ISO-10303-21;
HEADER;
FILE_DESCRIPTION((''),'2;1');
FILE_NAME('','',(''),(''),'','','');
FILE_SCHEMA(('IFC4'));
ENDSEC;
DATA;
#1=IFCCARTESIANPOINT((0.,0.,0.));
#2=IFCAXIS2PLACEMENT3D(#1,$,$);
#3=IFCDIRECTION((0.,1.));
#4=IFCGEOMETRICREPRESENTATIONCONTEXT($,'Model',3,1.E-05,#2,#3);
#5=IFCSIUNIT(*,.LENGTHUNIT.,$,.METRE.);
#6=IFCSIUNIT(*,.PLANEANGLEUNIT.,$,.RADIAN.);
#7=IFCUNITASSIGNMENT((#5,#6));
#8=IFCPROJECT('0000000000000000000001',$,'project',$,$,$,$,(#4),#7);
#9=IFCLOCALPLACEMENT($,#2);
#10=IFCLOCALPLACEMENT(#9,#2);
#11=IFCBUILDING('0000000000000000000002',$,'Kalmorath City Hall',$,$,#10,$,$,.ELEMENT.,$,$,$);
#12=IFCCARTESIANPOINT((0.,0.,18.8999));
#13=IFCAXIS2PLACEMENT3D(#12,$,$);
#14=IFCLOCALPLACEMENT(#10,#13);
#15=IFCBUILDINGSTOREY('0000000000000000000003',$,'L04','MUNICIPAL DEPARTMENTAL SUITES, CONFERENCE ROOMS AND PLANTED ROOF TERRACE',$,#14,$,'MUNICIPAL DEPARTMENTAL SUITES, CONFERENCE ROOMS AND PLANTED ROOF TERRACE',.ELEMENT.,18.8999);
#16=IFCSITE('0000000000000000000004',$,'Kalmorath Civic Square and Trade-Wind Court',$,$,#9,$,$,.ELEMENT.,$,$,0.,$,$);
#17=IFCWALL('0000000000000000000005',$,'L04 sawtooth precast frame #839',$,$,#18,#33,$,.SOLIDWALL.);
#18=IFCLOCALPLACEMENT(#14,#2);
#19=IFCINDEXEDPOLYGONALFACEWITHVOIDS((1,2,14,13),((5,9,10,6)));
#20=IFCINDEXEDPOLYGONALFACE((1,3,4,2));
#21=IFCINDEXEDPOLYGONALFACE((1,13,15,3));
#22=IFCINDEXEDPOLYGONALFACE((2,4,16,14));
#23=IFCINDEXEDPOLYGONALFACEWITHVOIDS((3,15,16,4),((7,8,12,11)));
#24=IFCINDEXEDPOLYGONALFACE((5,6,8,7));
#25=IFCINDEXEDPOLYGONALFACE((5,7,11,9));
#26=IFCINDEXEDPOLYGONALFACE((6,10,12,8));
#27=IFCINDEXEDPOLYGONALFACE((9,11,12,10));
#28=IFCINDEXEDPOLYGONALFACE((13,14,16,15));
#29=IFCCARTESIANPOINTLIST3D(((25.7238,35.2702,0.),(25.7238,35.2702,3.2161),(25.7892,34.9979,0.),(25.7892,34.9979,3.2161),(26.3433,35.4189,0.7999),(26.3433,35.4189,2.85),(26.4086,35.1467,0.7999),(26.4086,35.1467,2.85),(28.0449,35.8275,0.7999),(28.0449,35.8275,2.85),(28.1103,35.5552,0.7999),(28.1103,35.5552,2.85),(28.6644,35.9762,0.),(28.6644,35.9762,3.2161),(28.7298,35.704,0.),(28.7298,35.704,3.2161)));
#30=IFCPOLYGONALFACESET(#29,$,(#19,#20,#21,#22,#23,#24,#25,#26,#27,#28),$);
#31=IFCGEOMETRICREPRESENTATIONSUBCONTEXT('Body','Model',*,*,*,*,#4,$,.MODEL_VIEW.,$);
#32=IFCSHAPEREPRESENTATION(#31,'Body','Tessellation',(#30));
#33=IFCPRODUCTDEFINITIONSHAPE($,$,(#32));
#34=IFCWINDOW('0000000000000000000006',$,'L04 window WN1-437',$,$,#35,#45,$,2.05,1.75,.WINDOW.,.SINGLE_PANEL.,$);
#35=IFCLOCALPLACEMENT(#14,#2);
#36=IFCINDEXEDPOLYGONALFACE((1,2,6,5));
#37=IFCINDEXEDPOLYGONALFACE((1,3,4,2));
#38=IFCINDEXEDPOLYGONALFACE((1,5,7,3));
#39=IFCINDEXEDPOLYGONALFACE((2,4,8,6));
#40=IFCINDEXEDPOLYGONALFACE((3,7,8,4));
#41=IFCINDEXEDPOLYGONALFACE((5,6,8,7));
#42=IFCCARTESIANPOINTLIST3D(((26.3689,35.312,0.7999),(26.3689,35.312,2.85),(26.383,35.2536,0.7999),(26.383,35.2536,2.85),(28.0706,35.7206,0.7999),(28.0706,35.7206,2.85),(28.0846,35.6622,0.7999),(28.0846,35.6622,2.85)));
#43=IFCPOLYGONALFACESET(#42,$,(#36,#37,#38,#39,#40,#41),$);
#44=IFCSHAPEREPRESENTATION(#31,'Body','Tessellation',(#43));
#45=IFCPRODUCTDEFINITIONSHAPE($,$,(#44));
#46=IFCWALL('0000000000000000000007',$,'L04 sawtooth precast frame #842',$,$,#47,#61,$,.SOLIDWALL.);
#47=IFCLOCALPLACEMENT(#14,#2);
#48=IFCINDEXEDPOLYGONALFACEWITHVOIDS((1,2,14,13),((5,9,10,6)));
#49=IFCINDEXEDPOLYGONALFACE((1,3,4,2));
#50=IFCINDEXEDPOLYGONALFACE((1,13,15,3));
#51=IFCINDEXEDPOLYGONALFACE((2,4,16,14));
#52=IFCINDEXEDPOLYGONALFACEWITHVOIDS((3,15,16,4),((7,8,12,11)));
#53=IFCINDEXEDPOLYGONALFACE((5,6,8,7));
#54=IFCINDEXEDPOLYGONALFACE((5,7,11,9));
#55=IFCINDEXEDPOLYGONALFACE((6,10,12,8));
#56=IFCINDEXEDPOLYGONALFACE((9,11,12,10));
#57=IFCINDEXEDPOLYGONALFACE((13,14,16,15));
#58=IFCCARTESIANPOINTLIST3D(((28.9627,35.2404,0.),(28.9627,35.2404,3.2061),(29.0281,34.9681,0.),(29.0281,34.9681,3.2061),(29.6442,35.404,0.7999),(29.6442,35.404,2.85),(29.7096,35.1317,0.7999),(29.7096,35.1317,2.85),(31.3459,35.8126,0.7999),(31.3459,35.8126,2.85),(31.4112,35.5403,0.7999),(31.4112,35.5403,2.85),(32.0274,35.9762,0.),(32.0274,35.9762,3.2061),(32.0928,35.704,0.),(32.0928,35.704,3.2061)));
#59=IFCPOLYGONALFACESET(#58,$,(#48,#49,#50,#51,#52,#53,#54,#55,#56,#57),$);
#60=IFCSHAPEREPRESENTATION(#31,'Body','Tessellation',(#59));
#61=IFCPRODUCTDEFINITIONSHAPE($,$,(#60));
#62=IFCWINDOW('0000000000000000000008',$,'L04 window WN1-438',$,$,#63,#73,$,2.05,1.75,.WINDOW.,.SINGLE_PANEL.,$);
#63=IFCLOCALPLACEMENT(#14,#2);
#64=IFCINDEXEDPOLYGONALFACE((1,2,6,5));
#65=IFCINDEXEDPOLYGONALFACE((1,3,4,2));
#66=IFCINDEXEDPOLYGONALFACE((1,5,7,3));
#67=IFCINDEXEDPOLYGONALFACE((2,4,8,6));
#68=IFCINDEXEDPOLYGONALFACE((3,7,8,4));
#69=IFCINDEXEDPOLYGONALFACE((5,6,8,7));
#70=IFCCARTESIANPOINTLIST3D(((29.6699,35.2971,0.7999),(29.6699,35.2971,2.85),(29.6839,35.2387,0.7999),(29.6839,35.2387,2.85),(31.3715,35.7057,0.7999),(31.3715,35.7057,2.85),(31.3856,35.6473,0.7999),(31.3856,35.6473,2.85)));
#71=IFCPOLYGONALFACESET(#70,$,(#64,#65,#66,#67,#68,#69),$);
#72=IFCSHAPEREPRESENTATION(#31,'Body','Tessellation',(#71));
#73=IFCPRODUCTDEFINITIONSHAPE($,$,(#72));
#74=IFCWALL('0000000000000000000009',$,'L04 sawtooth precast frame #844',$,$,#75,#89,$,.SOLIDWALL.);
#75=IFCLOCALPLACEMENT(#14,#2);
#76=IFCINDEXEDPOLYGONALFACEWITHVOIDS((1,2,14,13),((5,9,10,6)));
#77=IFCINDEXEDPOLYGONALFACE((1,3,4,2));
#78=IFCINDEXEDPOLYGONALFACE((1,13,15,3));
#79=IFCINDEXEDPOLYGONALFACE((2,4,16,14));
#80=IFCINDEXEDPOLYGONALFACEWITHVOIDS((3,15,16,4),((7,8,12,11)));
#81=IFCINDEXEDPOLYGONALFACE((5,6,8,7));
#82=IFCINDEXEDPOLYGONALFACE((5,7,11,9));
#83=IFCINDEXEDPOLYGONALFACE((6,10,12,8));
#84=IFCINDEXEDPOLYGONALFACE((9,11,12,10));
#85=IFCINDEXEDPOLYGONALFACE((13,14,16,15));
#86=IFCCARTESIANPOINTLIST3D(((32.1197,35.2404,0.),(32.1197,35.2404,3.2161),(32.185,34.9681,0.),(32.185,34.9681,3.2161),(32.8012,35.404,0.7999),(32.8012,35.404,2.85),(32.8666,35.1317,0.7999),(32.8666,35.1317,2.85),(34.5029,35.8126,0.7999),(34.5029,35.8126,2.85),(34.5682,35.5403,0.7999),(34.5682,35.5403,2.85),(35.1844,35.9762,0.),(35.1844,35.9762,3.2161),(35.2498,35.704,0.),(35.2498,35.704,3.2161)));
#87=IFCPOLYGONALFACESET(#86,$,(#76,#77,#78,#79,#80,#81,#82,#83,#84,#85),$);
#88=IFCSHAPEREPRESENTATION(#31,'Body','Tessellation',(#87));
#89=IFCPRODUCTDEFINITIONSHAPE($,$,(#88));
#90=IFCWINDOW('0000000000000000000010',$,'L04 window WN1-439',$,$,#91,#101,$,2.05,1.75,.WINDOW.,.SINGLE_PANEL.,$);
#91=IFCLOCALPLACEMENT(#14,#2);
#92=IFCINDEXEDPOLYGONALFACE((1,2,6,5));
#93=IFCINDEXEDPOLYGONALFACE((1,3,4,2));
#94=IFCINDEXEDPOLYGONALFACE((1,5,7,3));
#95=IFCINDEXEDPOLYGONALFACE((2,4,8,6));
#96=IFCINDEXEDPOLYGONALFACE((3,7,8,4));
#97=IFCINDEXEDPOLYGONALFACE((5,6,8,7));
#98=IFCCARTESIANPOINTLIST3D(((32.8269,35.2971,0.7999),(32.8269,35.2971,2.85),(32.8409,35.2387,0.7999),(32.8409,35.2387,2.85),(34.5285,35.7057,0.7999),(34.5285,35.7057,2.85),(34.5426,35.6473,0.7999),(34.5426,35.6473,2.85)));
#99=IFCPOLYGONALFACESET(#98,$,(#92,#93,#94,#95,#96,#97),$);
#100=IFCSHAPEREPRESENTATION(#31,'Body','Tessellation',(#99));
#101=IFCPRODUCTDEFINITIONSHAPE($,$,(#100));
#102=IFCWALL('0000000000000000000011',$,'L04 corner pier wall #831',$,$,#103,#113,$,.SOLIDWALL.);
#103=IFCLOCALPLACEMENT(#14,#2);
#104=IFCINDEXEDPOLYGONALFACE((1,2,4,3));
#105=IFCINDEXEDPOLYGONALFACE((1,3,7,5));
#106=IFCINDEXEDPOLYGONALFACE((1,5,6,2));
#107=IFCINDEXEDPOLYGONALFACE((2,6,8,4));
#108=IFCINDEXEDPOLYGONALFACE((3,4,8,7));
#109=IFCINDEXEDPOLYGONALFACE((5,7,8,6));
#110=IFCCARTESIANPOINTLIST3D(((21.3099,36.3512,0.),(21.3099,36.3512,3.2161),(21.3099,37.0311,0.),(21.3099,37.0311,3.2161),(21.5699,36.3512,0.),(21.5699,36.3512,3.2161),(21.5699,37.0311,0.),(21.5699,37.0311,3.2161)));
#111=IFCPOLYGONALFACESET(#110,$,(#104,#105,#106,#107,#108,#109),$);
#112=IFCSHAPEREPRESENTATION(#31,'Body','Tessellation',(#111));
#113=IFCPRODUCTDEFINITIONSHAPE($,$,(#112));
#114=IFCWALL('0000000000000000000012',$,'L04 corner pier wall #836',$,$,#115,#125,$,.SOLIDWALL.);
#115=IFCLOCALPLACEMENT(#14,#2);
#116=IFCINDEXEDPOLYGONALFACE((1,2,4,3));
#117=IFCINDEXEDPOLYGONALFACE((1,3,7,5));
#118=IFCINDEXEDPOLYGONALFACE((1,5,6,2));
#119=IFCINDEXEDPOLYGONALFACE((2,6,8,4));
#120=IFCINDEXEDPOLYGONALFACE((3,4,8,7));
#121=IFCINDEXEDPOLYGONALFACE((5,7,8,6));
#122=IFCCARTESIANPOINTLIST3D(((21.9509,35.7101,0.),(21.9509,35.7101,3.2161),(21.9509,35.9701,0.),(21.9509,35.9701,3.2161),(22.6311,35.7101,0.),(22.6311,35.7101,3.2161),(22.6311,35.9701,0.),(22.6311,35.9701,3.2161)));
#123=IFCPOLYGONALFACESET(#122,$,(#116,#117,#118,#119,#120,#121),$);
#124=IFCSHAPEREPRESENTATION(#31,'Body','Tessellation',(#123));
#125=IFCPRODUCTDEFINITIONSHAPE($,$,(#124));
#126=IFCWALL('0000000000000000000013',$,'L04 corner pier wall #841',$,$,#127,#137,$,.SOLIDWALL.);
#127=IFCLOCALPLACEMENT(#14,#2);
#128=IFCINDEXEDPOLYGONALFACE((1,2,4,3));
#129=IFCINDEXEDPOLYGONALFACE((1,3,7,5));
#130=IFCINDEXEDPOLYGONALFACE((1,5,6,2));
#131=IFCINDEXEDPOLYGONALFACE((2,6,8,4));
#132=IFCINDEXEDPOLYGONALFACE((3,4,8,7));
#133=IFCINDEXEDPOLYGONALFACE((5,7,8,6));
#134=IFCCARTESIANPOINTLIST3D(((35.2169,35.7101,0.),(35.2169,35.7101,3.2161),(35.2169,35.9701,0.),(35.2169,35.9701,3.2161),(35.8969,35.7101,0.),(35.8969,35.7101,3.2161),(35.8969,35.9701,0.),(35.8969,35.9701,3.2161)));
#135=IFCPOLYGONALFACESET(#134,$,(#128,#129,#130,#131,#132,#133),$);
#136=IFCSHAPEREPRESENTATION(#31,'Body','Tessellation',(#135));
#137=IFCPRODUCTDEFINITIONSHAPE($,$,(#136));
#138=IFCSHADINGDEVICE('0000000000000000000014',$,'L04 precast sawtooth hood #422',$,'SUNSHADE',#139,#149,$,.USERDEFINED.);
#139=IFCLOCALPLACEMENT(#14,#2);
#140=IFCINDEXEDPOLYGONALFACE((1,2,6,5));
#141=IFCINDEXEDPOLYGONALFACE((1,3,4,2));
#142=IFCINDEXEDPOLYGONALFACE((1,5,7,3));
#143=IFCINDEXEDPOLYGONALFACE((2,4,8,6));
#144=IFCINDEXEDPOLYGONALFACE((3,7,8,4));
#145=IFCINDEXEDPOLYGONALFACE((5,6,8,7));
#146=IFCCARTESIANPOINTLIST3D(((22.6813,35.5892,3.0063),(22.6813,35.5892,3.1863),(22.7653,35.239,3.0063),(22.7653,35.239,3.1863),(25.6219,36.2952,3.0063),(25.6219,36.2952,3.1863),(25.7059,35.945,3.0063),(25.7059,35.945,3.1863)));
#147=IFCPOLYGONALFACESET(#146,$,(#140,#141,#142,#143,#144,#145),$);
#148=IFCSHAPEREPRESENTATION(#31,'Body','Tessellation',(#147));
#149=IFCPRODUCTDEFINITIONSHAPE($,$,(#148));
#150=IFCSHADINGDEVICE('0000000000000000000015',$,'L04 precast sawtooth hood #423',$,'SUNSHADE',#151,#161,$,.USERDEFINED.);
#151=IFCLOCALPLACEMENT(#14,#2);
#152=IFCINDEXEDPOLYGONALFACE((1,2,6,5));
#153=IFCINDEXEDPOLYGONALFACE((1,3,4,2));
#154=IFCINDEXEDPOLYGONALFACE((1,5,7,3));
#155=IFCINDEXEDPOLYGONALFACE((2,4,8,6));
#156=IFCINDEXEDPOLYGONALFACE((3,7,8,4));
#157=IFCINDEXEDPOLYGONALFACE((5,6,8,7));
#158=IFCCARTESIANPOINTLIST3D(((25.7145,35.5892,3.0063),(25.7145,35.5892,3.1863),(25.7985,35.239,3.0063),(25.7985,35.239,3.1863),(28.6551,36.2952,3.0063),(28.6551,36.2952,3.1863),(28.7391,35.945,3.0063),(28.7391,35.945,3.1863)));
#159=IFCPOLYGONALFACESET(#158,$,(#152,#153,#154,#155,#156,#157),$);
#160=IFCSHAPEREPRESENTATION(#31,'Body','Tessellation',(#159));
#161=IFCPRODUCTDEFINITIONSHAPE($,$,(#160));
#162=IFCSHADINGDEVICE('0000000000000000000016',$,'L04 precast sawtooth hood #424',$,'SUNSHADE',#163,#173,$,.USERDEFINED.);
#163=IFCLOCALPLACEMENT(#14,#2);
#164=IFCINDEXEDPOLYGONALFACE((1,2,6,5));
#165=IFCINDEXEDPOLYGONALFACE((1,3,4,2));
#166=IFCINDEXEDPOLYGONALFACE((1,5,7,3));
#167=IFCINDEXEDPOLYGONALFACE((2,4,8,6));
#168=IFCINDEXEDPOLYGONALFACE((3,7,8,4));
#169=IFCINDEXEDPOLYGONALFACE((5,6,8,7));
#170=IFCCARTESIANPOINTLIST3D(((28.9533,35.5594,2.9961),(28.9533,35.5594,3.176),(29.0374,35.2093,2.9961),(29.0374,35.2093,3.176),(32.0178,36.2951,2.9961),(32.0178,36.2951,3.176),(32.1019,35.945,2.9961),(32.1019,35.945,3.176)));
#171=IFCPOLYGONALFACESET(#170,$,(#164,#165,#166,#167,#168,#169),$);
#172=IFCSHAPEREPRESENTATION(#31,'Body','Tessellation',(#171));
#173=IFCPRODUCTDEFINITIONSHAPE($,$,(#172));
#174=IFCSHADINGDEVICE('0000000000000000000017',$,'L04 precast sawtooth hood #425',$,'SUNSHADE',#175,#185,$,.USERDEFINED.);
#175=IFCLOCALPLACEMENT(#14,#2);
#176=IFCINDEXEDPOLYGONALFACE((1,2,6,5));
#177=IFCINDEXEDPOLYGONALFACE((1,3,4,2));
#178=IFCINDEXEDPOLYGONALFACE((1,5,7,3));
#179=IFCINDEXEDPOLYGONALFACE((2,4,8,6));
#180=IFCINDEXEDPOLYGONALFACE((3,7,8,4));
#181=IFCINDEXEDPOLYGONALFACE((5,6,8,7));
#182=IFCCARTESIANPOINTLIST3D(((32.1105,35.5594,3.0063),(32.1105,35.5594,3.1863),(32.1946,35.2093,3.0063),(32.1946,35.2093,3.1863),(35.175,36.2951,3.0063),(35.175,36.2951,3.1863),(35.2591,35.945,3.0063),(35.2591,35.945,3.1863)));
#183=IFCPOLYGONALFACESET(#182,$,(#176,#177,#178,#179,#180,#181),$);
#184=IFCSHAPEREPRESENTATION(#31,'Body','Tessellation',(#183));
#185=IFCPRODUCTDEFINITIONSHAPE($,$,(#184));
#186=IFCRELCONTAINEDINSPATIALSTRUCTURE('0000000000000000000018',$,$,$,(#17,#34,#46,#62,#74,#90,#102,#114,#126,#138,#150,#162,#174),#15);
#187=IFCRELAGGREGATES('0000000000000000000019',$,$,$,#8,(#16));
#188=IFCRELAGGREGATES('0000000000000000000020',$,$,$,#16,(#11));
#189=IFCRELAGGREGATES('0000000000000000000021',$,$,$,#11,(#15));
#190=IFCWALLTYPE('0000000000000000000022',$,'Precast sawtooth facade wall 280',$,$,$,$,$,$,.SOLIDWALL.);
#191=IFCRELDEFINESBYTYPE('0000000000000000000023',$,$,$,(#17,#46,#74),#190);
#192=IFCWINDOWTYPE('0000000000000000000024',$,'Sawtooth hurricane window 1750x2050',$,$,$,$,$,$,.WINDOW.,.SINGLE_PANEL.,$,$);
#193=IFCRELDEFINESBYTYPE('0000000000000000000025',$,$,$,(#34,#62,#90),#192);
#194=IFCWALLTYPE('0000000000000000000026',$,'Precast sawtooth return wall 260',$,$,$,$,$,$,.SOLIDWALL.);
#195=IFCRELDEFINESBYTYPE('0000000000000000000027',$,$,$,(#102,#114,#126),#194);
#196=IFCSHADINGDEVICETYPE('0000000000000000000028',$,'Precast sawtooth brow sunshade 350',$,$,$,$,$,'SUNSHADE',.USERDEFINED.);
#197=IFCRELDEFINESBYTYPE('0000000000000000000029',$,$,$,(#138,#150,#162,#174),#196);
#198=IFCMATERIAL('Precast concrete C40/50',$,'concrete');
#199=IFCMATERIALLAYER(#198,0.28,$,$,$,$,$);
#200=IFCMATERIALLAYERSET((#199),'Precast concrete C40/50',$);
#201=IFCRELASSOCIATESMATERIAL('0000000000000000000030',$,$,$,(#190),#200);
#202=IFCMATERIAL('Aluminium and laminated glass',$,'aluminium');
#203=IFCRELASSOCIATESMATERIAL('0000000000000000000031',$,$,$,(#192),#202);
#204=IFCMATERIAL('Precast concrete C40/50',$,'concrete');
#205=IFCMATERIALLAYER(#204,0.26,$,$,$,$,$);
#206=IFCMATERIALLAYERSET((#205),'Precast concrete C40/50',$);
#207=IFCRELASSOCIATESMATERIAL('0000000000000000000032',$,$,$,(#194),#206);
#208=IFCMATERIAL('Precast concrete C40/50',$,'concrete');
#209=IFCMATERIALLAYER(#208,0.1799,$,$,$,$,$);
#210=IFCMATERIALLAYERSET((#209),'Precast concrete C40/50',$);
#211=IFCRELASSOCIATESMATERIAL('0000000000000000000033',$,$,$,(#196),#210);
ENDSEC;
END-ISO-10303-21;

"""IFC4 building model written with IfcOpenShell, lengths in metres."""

from ifc_helpers import new_model, si_unit, direction, frame, frame_2d, origin, origin_2d, place, context, subcontext, project, spatial, rectangle, extrude, material, layer, layer_set, type_object, element, fill, save


model = new_model("IFC4")

# Units and contexts
model_context = context("Model", 3, precision=1e-05, world=origin(), true_north=direction((0.0, 1.0)))
body_context = subcontext(model_context, "Body", "Model", "MODEL_VIEW")
ifc_project = project(units=[si_unit("LENGTHUNIT", "METRE"), si_unit("PLANEANGLEUNIT", "RADIAN")], contexts=[model_context])

# Site, building, storey
site_placement = place(None, origin())
site = spatial("IfcSite", under=ifc_project, at=site_placement, Name="Kalmorath Civic Square and Trade-Wind Court", CompositionType="ELEMENT", RefElevation=0.0)
building_placement = place(site_placement, origin())
building = spatial("IfcBuilding", under=site, at=building_placement, Name="Kalmorath City Hall", CompositionType="ELEMENT")
storey_placement = place(building_placement, frame((0.0, 0.0, 18.8999)))
storey = spatial("IfcBuildingStorey", under=building, at=storey_placement, Name="L04", Description="MUNICIPAL DEPARTMENTAL SUITES, CONFERENCE ROOMS AND PLANTED ROOF TERRACE", LongName="MUNICIPAL DEPARTMENTAL SUITES, CONFERENCE ROOMS AND PLANTED ROOF TERRACE", CompositionType="ELEMENT", Elevation=18.8999)

# Walls, openings, windows
ifc_material_1 = material(Name="Precast concrete C40/50", Category="concrete")
ifc_layer_1 = layer(ifc_material_1, 0.28)
ifc_layer_set_1 = layer_set([ifc_layer_1], Name="Precast concrete C40/50")
wall_type_1 = type_object("IfcWallType", Name="Precast sawtooth facade wall 280", PredefinedType="SOLIDWALL", material=ifc_layer_set_1)
ifc_material_2 = material(Name="Aluminium and laminated glass", Category="aluminium")
window_type = type_object("IfcWindowType", Name="Sawtooth hurricane window 1750x2050", PartitioningType="SINGLE_PANEL", PredefinedType="WINDOW", material=ifc_material_2)
wall_1_placement = place(storey_placement, frame((25.7563, 35.134, 0.0), z_axis=(0.0, 0.0, 1.0), x_axis=(0.972365, 0.233465, 0.0)))
wall_1 = element("IfcWall", 1, at=wall_1_placement, inside=storey, type_object=wall_type_1, Name="L04 sawtooth precast frame #839", PredefinedType="SOLIDWALL", context=body_context, shape_type="SweptSolid", body=[
    extrude(rectangle(XDim=3.0242, YDim=0.28, at=frame_2d((1.5122, 0.0))), origin(), (0.0, 0.0, 1.0), 3.2161),
])
opening_1_placement = place(wall_1_placement, frame((0.6372, 0.0, 0.8)))
opening_1 = element("IfcOpeningElement", 2, at=opening_1_placement, cuts=wall_1, PredefinedType="OPENING", context=body_context, shape_type="SweptSolid", body=[
    extrude(rectangle(XDim=1.75, YDim=2.05, at=frame_2d((0.875, 1.0249))), frame((0.0, 0.1499, 0.0), z_axis=(0.0, -1.0, 0.0), x_axis=(1.0, 0.0, 0.0)), (0.0, 0.0, 1.0), 0.3),
])
window_1_placement = place(opening_1_placement, origin())
window_1 = element("IfcWindow", 3, at=window_1_placement, inside=storey, type_object=window_type, Name="L04 window WN1-437", OverallHeight=2.05, OverallWidth=1.75, PartitioningType="SINGLE_PANEL", PredefinedType="WINDOW", context=body_context, shape_type="SweptSolid", body=[
    extrude(rectangle(XDim=1.75, YDim=2.05, at=frame_2d((0.875, 1.0249))), frame((0.0, 0.03, 0.0), z_axis=(0.0, -1.0, 0.0), x_axis=(1.0, 0.0, 0.0)), (0.0, 0.0, 1.0), 0.0601),
])
fill(opening_1, window_1)
wall_2_placement = place(storey_placement, frame((28.9954, 35.1042, 0.0), z_axis=(0.0, 0.0, 1.0), x_axis=(0.972365, 0.233467, 0.0)))
wall_2 = element("IfcWall", 4, at=wall_2_placement, inside=storey, type_object=wall_type_1, Name="L04 sawtooth precast frame #842", PredefinedType="SOLIDWALL", context=body_context, shape_type="SweptSolid", body=[
    extrude(rectangle(XDim=3.1519, YDim=0.28, at=frame_2d((1.5759, 0.0))), origin(), (0.0, 0.0, 1.0), 3.2061),
])
opening_2_placement = place(wall_2_placement, frame((0.7009, 0.0, 0.8)))
opening_2 = element("IfcOpeningElement", 5, at=opening_2_placement, cuts=wall_2, PredefinedType="OPENING", context=body_context, shape_type="SweptSolid", body=[
    extrude(rectangle(XDim=1.75, YDim=2.05, at=frame_2d((0.875, 1.0249))), frame((0.0, 0.1499, 0.0), z_axis=(0.0, -1.0, 0.0), x_axis=(1.0, 0.0, 0.0)), (0.0, 0.0, 1.0), 0.3),
])
window_2_placement = place(opening_2_placement, origin())
window_2 = element("IfcWindow", 6, at=window_2_placement, inside=storey, type_object=window_type, Name="L04 window WN1-438", OverallHeight=2.05, OverallWidth=1.75, PartitioningType="SINGLE_PANEL", PredefinedType="WINDOW", context=body_context, shape_type="SweptSolid", body=[
    extrude(rectangle(XDim=1.75, YDim=2.05, at=frame_2d((0.875, 1.0249))), frame((0.0, 0.03, 0.0), z_axis=(0.0, -1.0, 0.0), x_axis=(1.0, 0.0, 0.0)), (0.0, 0.0, 1.0), 0.0601),
])
fill(opening_2, window_2)
wall_3_placement = place(storey_placement, frame((32.1523, 35.1042, 0.0), z_axis=(0.0, 0.0, 1.0), x_axis=(0.972365, 0.233467, 0.0)))
wall_3 = element("IfcWall", 7, at=wall_3_placement, inside=storey, type_object=wall_type_1, Name="L04 sawtooth precast frame #844", PredefinedType="SOLIDWALL", context=body_context, shape_type="SweptSolid", body=[
    extrude(rectangle(XDim=3.1519, YDim=0.28, at=frame_2d((1.5759, 0.0))), origin(), (0.0, 0.0, 1.0), 3.2161),
])
opening_3_placement = place(wall_3_placement, frame((0.7009, 0.0, 0.8)))
opening_3 = element("IfcOpeningElement", 8, at=opening_3_placement, cuts=wall_3, PredefinedType="OPENING", context=body_context, shape_type="SweptSolid", body=[
    extrude(rectangle(XDim=1.75, YDim=2.05, at=frame_2d((0.875, 1.0249))), frame((0.0, 0.1499, 0.0), z_axis=(0.0, -1.0, 0.0), x_axis=(1.0, 0.0, 0.0)), (0.0, 0.0, 1.0), 0.3),
])
window_3_placement = place(opening_3_placement, origin())
window_3 = element("IfcWindow", 9, at=window_3_placement, inside=storey, type_object=window_type, Name="L04 window WN1-439", OverallHeight=2.05, OverallWidth=1.75, PartitioningType="SINGLE_PANEL", PredefinedType="WINDOW", context=body_context, shape_type="SweptSolid", body=[
    extrude(rectangle(XDim=1.75, YDim=2.05, at=frame_2d((0.875, 1.0249))), frame((0.0, 0.03, 0.0), z_axis=(0.0, -1.0, 0.0), x_axis=(1.0, 0.0, 0.0)), (0.0, 0.0, 1.0), 0.0601),
])
fill(opening_3, window_3)

# Walls
ifc_material_3 = material(Name="Precast concrete C40/50", Category="concrete")
ifc_layer_2 = layer(ifc_material_3, 0.26)
ifc_layer_set_2 = layer_set([ifc_layer_2], Name="Precast concrete C40/50")
wall_type_2 = type_object("IfcWallType", Name="Precast sawtooth return wall 260", PredefinedType="SOLIDWALL", material=ifc_layer_set_2)
wall_4_placement = place(storey_placement, frame((21.4399, 37.031, 0.0), z_axis=(0.0, 0.0, 1.0), x_axis=(0.0, -1.0, 0.0)))
element("IfcWall", 10, at=wall_4_placement, inside=storey, type_object=wall_type_2, Name="L04 corner pier wall #831", PredefinedType="SOLIDWALL", context=body_context, shape_type="SweptSolid", body=[
    extrude(rectangle(XDim=0.6799, YDim=0.26, at=frame_2d((0.3398, 0.0))), origin(), (0.0, 0.0, 1.0), 3.2161),
])
wall_5_placement = place(storey_placement, frame((21.9509, 35.8401, 0.0), z_axis=(0.0, 0.0, 1.0), x_axis=(1.0, 0.0, 0.0)))
element("IfcWall", 11, at=wall_5_placement, inside=storey, type_object=wall_type_2, Name="L04 corner pier wall #836", PredefinedType="SOLIDWALL", context=body_context, shape_type="SweptSolid", body=[
    extrude(rectangle(XDim=0.6802, YDim=0.26, at=frame_2d((0.3401, 0.0))), origin(), (0.0, 0.0, 1.0), 3.2161),
])
wall_6_placement = place(storey_placement, frame((35.217, 35.8401, 0.0), z_axis=(0.0, 0.0, 1.0), x_axis=(1.0, 0.0, 0.0)))
element("IfcWall", 12, at=wall_6_placement, inside=storey, type_object=wall_type_2, Name="L04 corner pier wall #841", PredefinedType="SOLIDWALL", context=body_context, shape_type="SweptSolid", body=[
    extrude(rectangle(XDim=0.6799, YDim=0.26, at=frame_2d((0.3398, 0.0))), origin(), (0.0, 0.0, 1.0), 3.2161),
])

# Shading devices
ifc_material_4 = material(Name="Precast concrete C40/50", Category="concrete")
ifc_layer_3 = layer(ifc_material_4, 0.1799)
ifc_layer_set_3 = layer_set([ifc_layer_3], Name="Precast concrete C40/50")
shading_device_type = type_object("IfcShadingDeviceType", Name="Precast sawtooth brow sunshade 350", ElementType="SUNSHADE", PredefinedType="USERDEFINED", material=ifc_layer_set_3)
for number, where, z_axis, x_axis, name in (
    (13, (24.1936, 35.7671, 3.0063), (0.0, 0.0, 1.0), (0.972366, 0.233462, 0.0), "L04 precast sawtooth hood #422"),
    (14, (27.2268, 35.7671, 3.0063), (0.0, 0.0, 1.0), (0.972366, 0.233462, 0.0), "L04 precast sawtooth hood #423"),
):
    element("IfcShadingDevice", number, at=place(storey_placement, frame(where, z_axis=z_axis, x_axis=x_axis)), inside=storey, type_object=shading_device_type, Name=name, ObjectType="SUNSHADE", PredefinedType="USERDEFINED", context=body_context, shape_type="SweptSolid", body=[
        extrude(rectangle(XDim=3.0242, YDim=0.3601, at=origin_2d()), origin(), (0.0, 0.0, 1.0), 0.1799),
    ])
for number, where, z_axis, x_axis, name in (
    (15, (30.5276, 35.7522, 2.9961), (0.0, 0.0, 1.0), (0.97237, 0.233445, 0.0), "L04 precast sawtooth hood #424"),
    (16, (33.6848, 35.7522, 3.0063), (0.0, 0.0, 1.0), (0.97237, 0.233445, 0.0), "L04 precast sawtooth hood #425"),
):
    element("IfcShadingDevice", number, at=place(storey_placement, frame(where, z_axis=z_axis, x_axis=x_axis)), inside=storey, type_object=shading_device_type, Name=name, ObjectType="SUNSHADE", PredefinedType="USERDEFINED", context=body_context, shape_type="SweptSolid", body=[
        extrude(rectangle(XDim=3.1516, YDim=0.3601, at=origin_2d()), origin(), (0.0, 0.0, 1.0), 0.1799),
    ])

save(model, "model.ifc")
